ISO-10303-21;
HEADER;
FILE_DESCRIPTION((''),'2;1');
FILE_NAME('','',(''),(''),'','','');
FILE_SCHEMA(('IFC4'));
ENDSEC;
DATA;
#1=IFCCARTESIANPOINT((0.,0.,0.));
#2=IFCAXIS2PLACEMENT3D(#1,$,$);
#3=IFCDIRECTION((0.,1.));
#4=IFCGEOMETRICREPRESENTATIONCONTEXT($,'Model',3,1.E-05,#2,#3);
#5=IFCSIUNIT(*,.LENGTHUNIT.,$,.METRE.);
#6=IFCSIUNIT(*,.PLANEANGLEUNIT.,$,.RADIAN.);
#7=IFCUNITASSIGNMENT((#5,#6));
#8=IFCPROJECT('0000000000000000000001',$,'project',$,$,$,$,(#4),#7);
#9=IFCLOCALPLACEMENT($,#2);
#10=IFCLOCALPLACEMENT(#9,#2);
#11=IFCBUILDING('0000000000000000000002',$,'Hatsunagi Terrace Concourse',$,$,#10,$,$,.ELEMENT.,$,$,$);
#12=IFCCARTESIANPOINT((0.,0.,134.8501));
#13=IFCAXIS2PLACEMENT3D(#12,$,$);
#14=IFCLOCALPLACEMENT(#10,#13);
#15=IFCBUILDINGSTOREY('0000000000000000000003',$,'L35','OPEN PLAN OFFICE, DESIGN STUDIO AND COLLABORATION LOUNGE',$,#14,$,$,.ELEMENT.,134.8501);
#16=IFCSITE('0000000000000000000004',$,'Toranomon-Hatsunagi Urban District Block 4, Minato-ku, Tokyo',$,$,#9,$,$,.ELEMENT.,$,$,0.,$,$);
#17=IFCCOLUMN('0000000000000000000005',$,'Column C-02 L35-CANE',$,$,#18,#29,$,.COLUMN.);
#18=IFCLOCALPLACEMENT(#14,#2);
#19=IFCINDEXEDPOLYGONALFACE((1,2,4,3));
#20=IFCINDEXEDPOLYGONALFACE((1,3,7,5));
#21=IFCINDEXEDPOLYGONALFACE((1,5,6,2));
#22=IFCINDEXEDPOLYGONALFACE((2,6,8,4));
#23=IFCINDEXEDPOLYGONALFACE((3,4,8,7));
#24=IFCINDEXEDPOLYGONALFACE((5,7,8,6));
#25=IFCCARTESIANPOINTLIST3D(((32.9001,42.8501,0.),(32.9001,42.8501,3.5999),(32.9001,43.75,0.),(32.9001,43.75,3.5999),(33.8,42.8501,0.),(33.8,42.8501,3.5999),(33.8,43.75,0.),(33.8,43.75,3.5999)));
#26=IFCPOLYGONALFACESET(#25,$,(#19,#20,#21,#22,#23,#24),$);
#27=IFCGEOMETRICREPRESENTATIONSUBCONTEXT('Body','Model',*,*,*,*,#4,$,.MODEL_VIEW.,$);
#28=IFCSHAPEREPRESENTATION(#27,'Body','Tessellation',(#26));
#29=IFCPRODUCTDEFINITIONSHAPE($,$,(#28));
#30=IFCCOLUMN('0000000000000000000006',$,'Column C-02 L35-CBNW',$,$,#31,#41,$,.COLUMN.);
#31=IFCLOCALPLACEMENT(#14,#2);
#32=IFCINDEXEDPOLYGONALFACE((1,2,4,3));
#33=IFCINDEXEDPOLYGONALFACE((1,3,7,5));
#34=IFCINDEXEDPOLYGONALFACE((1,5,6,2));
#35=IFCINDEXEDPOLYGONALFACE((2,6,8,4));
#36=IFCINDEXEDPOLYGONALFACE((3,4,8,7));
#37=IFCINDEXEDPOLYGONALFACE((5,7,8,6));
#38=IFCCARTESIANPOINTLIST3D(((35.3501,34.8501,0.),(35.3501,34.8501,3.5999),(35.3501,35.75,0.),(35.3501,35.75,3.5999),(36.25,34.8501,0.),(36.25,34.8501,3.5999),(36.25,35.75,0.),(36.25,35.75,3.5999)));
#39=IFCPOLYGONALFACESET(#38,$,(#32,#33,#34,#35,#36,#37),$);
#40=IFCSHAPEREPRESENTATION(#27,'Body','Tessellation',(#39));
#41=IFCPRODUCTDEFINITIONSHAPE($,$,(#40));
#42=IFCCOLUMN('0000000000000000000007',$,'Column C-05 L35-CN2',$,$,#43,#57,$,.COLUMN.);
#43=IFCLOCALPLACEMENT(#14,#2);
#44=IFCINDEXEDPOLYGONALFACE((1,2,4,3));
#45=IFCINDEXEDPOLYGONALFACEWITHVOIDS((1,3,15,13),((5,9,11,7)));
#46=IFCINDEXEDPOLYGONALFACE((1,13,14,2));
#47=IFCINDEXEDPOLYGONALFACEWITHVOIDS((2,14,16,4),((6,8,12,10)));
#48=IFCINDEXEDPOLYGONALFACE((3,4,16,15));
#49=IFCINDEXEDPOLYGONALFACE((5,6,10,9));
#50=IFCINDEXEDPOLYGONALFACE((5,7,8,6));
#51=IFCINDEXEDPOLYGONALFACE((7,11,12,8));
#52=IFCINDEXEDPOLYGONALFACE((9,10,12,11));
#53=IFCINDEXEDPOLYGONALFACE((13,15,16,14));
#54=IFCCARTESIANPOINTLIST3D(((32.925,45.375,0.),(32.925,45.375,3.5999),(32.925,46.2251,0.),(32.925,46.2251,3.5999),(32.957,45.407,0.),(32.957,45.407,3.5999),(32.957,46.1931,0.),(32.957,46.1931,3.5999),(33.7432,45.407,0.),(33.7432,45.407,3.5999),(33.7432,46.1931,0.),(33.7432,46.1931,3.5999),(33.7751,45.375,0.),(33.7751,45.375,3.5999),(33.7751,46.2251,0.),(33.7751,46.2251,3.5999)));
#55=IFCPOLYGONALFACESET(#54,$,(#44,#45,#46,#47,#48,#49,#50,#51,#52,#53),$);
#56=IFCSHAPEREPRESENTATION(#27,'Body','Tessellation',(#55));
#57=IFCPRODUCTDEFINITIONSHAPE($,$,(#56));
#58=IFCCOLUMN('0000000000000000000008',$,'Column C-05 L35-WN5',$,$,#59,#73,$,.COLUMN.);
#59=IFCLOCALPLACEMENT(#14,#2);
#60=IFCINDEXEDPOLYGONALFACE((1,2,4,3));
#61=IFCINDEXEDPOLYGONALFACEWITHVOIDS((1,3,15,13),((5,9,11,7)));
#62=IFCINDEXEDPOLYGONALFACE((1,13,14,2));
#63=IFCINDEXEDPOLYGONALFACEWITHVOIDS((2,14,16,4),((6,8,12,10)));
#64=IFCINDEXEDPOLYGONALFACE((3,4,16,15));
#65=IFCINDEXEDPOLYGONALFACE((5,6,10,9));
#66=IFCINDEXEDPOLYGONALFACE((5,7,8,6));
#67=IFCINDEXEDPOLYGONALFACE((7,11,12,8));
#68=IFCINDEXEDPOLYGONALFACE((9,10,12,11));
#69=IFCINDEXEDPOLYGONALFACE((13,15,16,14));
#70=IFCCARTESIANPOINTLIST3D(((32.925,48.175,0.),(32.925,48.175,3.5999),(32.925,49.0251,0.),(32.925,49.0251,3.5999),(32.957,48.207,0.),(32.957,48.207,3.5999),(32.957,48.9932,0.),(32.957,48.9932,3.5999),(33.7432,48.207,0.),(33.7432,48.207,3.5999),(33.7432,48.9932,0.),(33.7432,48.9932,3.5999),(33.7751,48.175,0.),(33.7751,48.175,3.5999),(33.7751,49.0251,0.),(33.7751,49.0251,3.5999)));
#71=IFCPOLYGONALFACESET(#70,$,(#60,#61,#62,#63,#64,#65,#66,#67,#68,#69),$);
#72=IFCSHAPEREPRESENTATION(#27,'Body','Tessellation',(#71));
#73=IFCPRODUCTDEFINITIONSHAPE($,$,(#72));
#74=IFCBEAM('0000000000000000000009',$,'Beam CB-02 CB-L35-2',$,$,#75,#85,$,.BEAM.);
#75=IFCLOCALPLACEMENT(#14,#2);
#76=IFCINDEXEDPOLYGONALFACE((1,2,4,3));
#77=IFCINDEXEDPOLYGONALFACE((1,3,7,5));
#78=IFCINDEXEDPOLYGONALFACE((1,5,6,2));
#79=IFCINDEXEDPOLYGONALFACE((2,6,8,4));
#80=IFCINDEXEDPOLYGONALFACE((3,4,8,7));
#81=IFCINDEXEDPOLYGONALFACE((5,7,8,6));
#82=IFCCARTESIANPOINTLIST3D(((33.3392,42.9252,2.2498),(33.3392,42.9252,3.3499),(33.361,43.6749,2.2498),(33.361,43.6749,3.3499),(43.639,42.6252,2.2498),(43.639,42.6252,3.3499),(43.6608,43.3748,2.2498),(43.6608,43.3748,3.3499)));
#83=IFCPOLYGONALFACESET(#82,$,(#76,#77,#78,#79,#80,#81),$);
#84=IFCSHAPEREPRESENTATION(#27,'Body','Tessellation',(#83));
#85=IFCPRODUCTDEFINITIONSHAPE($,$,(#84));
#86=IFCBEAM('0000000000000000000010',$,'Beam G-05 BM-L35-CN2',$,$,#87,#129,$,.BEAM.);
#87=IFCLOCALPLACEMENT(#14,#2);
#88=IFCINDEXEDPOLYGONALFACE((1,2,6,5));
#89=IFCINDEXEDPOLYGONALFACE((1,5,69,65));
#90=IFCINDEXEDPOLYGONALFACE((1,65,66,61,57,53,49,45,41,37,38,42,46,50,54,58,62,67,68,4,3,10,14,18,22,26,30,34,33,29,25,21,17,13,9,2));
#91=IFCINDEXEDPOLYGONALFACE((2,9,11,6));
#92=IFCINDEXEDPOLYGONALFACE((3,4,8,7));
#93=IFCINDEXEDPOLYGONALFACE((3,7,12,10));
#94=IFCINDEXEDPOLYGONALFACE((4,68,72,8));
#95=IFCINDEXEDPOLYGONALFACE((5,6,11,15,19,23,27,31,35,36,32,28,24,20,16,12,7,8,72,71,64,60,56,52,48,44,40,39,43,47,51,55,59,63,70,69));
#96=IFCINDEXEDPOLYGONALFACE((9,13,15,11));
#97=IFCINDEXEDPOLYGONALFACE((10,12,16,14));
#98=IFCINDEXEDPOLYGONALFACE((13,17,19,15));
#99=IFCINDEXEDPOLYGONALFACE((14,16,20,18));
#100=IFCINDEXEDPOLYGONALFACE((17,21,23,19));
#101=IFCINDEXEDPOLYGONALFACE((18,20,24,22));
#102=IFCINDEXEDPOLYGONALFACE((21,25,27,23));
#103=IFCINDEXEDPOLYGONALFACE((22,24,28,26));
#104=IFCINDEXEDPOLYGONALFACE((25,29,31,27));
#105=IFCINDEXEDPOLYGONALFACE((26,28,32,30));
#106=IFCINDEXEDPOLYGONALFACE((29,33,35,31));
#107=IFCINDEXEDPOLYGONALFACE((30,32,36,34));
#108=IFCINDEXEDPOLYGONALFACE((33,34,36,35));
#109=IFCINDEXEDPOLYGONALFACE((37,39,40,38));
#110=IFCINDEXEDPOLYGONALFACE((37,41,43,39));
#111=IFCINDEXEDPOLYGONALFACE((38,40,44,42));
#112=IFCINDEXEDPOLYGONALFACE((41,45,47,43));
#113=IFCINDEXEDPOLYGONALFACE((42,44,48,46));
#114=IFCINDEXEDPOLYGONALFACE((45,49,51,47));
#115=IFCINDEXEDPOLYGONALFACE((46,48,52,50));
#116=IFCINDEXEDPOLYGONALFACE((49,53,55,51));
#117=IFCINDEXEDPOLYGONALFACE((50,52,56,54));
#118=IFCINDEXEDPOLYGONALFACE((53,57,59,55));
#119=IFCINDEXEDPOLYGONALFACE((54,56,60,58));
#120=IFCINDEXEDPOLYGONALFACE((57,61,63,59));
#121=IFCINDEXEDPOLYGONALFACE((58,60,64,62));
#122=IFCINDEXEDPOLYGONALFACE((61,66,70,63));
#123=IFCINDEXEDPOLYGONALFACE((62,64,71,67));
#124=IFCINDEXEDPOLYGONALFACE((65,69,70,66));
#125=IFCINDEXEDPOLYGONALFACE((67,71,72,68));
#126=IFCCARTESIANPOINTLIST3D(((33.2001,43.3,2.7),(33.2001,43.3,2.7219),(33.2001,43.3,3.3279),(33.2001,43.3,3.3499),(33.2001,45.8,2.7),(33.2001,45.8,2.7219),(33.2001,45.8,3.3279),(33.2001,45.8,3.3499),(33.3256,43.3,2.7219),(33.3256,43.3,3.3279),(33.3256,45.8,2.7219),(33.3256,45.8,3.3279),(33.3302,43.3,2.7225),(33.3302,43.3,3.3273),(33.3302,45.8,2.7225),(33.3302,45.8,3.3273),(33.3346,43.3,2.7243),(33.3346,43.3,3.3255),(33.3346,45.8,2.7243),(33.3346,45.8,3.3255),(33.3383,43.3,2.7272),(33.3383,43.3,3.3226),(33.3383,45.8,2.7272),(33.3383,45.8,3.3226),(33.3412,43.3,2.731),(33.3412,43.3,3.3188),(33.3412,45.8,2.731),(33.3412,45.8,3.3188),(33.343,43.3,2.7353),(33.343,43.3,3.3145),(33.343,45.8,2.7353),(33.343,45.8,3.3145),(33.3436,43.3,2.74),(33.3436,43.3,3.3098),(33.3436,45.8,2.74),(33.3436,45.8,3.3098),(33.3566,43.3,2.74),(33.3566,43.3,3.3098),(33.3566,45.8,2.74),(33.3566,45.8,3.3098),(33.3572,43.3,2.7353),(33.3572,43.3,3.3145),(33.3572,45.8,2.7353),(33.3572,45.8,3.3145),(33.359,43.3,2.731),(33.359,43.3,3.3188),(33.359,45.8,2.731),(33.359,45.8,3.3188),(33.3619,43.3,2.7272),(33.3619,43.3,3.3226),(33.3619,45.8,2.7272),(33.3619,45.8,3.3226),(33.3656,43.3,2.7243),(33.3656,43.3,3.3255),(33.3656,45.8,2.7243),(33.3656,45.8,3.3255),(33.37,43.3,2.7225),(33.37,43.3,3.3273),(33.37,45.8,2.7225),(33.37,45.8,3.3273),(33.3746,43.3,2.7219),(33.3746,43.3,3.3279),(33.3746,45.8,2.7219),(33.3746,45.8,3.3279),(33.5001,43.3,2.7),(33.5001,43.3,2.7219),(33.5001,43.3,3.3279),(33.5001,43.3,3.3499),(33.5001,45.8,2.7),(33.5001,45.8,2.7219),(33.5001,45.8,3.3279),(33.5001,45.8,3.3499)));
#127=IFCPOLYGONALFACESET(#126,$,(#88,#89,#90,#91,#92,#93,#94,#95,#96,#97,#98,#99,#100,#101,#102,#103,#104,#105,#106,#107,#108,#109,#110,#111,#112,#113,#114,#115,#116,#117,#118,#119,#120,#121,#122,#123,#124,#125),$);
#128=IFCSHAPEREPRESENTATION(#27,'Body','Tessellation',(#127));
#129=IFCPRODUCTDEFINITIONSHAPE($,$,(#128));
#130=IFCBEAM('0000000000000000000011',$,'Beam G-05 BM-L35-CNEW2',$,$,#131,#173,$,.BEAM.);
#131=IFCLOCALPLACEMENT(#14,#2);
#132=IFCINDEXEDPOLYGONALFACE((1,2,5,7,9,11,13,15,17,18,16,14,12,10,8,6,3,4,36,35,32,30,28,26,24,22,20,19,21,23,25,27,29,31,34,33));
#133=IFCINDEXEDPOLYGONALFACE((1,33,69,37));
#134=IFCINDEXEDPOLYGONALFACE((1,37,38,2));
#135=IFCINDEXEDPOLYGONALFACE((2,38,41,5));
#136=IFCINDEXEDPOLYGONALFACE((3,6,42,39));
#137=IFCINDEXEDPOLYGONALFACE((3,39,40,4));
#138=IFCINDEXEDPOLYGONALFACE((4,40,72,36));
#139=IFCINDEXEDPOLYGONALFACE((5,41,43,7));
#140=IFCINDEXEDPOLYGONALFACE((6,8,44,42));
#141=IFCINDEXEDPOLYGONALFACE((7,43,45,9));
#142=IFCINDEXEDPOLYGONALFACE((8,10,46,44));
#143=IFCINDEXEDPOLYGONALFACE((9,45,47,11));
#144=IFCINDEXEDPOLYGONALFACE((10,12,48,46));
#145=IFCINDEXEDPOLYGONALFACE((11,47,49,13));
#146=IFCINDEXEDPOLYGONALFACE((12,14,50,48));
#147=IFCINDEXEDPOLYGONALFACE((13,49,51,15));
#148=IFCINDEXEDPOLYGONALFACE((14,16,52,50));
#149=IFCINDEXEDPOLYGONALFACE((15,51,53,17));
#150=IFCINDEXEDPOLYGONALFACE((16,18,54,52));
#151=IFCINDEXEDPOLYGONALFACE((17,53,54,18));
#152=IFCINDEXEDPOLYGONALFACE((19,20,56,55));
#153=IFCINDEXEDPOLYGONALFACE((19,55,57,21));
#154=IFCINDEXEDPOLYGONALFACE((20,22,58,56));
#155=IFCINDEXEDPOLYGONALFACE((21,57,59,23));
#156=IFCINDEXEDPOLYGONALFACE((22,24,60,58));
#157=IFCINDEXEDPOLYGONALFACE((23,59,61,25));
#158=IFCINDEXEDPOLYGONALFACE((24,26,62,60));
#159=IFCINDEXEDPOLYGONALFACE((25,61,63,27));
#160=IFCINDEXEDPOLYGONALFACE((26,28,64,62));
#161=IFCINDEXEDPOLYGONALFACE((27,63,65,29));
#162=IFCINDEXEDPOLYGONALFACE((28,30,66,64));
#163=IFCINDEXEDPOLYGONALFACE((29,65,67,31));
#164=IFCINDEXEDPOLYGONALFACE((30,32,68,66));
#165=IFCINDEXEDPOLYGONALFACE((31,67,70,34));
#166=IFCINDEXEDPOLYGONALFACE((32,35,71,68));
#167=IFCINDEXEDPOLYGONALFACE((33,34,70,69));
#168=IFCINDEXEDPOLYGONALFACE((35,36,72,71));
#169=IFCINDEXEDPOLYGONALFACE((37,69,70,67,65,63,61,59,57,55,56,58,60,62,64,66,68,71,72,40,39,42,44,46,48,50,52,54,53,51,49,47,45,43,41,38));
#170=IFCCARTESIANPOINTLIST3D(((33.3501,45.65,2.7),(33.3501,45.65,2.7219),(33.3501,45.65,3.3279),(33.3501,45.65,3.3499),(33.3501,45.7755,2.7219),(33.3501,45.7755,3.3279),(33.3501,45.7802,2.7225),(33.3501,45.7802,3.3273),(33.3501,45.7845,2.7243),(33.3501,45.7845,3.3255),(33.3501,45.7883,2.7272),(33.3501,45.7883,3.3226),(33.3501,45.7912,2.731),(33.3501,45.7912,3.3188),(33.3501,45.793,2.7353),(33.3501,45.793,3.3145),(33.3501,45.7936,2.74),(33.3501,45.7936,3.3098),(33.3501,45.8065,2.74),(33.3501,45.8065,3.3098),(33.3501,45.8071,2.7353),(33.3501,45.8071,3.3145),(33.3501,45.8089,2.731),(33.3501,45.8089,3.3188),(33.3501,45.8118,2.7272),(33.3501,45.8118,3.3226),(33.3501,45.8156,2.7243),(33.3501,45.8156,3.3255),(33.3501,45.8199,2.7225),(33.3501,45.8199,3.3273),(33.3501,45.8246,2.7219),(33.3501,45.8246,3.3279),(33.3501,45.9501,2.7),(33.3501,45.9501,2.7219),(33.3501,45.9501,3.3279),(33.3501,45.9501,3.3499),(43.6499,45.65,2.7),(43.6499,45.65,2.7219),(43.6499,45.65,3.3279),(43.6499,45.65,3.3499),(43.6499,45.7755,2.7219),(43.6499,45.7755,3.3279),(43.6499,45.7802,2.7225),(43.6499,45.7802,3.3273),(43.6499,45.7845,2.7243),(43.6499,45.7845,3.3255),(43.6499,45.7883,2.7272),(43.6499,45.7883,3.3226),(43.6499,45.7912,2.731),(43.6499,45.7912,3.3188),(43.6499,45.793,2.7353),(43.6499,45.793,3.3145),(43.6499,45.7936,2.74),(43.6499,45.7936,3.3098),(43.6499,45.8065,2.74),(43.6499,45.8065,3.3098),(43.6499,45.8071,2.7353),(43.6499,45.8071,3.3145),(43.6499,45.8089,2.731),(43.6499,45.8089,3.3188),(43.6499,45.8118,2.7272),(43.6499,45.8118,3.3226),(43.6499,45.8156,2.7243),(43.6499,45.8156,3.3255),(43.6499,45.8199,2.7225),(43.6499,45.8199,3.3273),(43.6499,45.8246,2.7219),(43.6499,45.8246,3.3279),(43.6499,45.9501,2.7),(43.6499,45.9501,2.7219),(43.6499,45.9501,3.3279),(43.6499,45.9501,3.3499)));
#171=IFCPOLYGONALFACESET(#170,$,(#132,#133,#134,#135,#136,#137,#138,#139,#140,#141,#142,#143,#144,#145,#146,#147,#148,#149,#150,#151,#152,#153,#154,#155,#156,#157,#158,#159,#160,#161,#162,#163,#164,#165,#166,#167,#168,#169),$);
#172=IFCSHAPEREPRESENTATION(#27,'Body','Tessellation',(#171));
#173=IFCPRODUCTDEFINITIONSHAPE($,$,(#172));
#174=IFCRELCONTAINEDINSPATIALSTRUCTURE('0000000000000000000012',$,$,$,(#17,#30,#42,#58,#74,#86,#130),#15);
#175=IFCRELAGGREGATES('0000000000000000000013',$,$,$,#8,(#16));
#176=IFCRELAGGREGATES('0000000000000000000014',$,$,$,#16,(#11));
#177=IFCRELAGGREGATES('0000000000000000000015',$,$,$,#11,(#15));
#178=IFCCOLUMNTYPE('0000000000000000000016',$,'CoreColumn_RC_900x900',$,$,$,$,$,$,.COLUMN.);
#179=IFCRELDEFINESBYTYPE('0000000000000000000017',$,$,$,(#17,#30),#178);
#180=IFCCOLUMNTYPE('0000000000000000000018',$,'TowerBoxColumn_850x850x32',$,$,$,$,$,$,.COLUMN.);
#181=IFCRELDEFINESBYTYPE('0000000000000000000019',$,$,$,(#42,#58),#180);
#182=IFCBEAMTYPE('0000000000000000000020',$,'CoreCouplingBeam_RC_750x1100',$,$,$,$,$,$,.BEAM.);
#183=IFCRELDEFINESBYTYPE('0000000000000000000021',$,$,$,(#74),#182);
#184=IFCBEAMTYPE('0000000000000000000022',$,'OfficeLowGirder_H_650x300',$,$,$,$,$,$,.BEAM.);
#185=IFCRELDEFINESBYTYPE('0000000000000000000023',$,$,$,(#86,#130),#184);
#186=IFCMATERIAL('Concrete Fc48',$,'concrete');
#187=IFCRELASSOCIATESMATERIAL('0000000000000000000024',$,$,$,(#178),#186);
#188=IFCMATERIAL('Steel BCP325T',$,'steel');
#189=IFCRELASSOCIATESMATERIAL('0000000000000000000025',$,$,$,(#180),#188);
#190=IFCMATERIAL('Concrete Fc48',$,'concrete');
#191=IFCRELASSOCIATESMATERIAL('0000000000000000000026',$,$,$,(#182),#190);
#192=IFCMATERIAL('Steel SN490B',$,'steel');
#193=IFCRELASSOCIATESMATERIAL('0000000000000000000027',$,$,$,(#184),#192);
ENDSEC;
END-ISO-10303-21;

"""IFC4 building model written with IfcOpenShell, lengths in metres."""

from ifc_helpers import new_model, si_unit, direction, frame, origin, origin_2d, place, context, subcontext, project, spatial, rectangle, hollow_rectangle, i_section, extrude, material, material_profile, profile_set, type_object, element, save


model = new_model("IFC4")

# Units and contexts
model_context = context("Model", 3, precision=1e-05, world=origin(), true_north=direction((0.0, 1.0)))
body_context = subcontext(model_context, "Body", "Model", "MODEL_VIEW")
ifc_project = project(units=[si_unit("LENGTHUNIT", "METRE"), si_unit("PLANEANGLEUNIT", "RADIAN")], contexts=[model_context])

# Site, building, storey
site_placement = place(None, origin())
site = spatial("IfcSite", under=ifc_project, at=site_placement, Name="Toranomon-Hatsunagi Urban District Block 4, Minato-ku, Tokyo", CompositionType="ELEMENT", RefElevation=0.0)
building_placement = place(site_placement, origin())
building = spatial("IfcBuilding", under=site, at=building_placement, Name="Hatsunagi Terrace Concourse", CompositionType="ELEMENT")
storey_placement = place(building_placement, frame((0.0, 0.0, 134.8501)))
storey = spatial("IfcBuildingStorey", under=building, at=storey_placement, Name="L35", Description="OPEN PLAN OFFICE, DESIGN STUDIO AND COLLABORATION LOUNGE", CompositionType="ELEMENT", Elevation=134.8501)

# Columns
ifc_material_1 = material(Name="Concrete Fc48", Category="concrete")
ifc_material_profile_1 = material_profile(ifc_material_1, rectangle(XDim=0.8999, YDim=0.8999, at=origin_2d()), Name="RC-900x900")
ifc_profile_set_1 = profile_set([ifc_material_profile_1], Name="Concrete Fc48")
column_type_1 = type_object("IfcColumnType", Name="CoreColumn_RC_900x900", PredefinedType="COLUMN", material=ifc_profile_set_1)
for number, where, z_axis, x_axis, name in (
    (1, (33.3501, 43.3, 0.0), (0.0, 0.0, 1.0), (1.0, 0.0, 0.0), "Column C-02 L35-CANE"),
    (2, (35.8, 35.3, 0.0), (0.0, 0.0, 1.0), (1.0, 0.0, 0.0), "Column C-02 L35-CBNW"),
):
    element("IfcColumn", number, at=place(storey_placement, frame(where, z_axis=z_axis, x_axis=x_axis)), inside=storey, type_object=column_type_1, Name=name, PredefinedType="COLUMN", context=body_context, shape_type="SweptSolid", body=[
        extrude(rectangle(XDim=0.8999, YDim=0.8999, at=origin_2d()), origin(), (0.0, 0.0, 1.0), 3.5999),
    ])
ifc_material_2 = material(Name="Steel BCP325T", Category="steel")
ifc_material_profile_2 = material_profile(ifc_material_2, hollow_rectangle(XDim=0.8501, YDim=0.8501, WallThickness=0.032, at=origin_2d()), Name="BCP-850x850x32")
ifc_profile_set_2 = profile_set([ifc_material_profile_2], Name="Steel BCP325T")
column_type_2 = type_object("IfcColumnType", Name="TowerBoxColumn_850x850x32", PredefinedType="COLUMN", material=ifc_profile_set_2)
for number, where, z_axis, x_axis, name in (
    (3, (33.3501, 45.8, 0.0), (0.0, 0.0, 1.0), (1.0, 0.0, 0.0), "Column C-05 L35-CN2"),
    (4, (33.3501, 48.6001, 0.0), (0.0, 0.0, 1.0), (1.0, 0.0, 0.0), "Column C-05 L35-WN5"),
):
    element("IfcColumn", number, at=place(storey_placement, frame(where, z_axis=z_axis, x_axis=x_axis)), inside=storey, type_object=column_type_2, Name=name, PredefinedType="COLUMN", context=body_context, shape_type="SweptSolid", body=[
        extrude(hollow_rectangle(XDim=0.8501, YDim=0.8501, WallThickness=0.032, at=origin_2d()), origin(), (0.0, 0.0, 1.0), 3.5999),
    ])

# Beams
ifc_material_3 = material(Name="Concrete Fc48", Category="concrete")
ifc_material_profile_3 = material_profile(ifc_material_3, rectangle(XDim=0.75, YDim=1.1001, at=origin_2d()), Name="RC-750x1100")
ifc_profile_set_3 = profile_set([ifc_material_profile_3], Name="Concrete Fc48")
beam_type_1 = type_object("IfcBeamType", Name="CoreCouplingBeam_RC_750x1100", PredefinedType="BEAM", material=ifc_profile_set_3)
beam_1_placement = place(storey_placement, frame((33.3501, 43.3, 2.7998), z_axis=(0.999576, -0.029119, 0.0), x_axis=(0.029119, 0.999576, 0.0)))
element("IfcBeam", 5, at=beam_1_placement, inside=storey, type_object=beam_type_1, Name="Beam CB-02 CB-L35-2", PredefinedType="BEAM", context=body_context, shape_type="SweptSolid", body=[
    extrude(rectangle(XDim=0.75, YDim=1.1001, at=origin_2d()), origin(), (0.0, 0.0, 1.0), 10.3042),
])
ifc_material_4 = material(Name="Steel SN490B", Category="steel")
ifc_material_profile_4 = material_profile(ifc_material_4, i_section(OverallWidth=0.3, OverallDepth=0.6499, WebThickness=0.0129, FlangeThickness=0.022, FilletRadius=0.0181, at=origin_2d()), Name="H-650x300x13x22")
ifc_profile_set_4 = profile_set([ifc_material_profile_4], Name="Steel SN490B")
beam_type_2 = type_object("IfcBeamType", Name="OfficeLowGirder_H_650x300", PredefinedType="BEAM", material=ifc_profile_set_4)
beam_2_placement = place(storey_placement, frame((33.3501, 43.3, 3.0249), z_axis=(0.0, 1.0, 0.0), x_axis=(-1.0, 0.0, 0.0)))
element("IfcBeam", 6, at=beam_2_placement, inside=storey, type_object=beam_type_2, Name="Beam G-05 BM-L35-CN2", PredefinedType="BEAM", context=body_context, shape_type="SweptSolid", body=[
    extrude(i_section(OverallWidth=0.3, OverallDepth=0.6499, WebThickness=0.0129, FlangeThickness=0.022, FilletRadius=0.0181, at=origin_2d()), origin(), (0.0, 0.0, 1.0), 2.5),
])
beam_3_placement = place(storey_placement, frame((33.3501, 45.8, 3.0249), z_axis=(1.0, 0.0, 0.0), x_axis=(0.0, 1.0, 0.0)))
element("IfcBeam", 7, at=beam_3_placement, inside=storey, type_object=beam_type_2, Name="Beam G-05 BM-L35-CNEW2", PredefinedType="BEAM", context=body_context, shape_type="SweptSolid", body=[
    extrude(i_section(OverallWidth=0.3, OverallDepth=0.6499, WebThickness=0.0129, FlangeThickness=0.022, FilletRadius=0.0181, at=origin_2d()), origin(), (0.0, 0.0, 1.0), 10.2998),
])

save(model, "model.ifc")
